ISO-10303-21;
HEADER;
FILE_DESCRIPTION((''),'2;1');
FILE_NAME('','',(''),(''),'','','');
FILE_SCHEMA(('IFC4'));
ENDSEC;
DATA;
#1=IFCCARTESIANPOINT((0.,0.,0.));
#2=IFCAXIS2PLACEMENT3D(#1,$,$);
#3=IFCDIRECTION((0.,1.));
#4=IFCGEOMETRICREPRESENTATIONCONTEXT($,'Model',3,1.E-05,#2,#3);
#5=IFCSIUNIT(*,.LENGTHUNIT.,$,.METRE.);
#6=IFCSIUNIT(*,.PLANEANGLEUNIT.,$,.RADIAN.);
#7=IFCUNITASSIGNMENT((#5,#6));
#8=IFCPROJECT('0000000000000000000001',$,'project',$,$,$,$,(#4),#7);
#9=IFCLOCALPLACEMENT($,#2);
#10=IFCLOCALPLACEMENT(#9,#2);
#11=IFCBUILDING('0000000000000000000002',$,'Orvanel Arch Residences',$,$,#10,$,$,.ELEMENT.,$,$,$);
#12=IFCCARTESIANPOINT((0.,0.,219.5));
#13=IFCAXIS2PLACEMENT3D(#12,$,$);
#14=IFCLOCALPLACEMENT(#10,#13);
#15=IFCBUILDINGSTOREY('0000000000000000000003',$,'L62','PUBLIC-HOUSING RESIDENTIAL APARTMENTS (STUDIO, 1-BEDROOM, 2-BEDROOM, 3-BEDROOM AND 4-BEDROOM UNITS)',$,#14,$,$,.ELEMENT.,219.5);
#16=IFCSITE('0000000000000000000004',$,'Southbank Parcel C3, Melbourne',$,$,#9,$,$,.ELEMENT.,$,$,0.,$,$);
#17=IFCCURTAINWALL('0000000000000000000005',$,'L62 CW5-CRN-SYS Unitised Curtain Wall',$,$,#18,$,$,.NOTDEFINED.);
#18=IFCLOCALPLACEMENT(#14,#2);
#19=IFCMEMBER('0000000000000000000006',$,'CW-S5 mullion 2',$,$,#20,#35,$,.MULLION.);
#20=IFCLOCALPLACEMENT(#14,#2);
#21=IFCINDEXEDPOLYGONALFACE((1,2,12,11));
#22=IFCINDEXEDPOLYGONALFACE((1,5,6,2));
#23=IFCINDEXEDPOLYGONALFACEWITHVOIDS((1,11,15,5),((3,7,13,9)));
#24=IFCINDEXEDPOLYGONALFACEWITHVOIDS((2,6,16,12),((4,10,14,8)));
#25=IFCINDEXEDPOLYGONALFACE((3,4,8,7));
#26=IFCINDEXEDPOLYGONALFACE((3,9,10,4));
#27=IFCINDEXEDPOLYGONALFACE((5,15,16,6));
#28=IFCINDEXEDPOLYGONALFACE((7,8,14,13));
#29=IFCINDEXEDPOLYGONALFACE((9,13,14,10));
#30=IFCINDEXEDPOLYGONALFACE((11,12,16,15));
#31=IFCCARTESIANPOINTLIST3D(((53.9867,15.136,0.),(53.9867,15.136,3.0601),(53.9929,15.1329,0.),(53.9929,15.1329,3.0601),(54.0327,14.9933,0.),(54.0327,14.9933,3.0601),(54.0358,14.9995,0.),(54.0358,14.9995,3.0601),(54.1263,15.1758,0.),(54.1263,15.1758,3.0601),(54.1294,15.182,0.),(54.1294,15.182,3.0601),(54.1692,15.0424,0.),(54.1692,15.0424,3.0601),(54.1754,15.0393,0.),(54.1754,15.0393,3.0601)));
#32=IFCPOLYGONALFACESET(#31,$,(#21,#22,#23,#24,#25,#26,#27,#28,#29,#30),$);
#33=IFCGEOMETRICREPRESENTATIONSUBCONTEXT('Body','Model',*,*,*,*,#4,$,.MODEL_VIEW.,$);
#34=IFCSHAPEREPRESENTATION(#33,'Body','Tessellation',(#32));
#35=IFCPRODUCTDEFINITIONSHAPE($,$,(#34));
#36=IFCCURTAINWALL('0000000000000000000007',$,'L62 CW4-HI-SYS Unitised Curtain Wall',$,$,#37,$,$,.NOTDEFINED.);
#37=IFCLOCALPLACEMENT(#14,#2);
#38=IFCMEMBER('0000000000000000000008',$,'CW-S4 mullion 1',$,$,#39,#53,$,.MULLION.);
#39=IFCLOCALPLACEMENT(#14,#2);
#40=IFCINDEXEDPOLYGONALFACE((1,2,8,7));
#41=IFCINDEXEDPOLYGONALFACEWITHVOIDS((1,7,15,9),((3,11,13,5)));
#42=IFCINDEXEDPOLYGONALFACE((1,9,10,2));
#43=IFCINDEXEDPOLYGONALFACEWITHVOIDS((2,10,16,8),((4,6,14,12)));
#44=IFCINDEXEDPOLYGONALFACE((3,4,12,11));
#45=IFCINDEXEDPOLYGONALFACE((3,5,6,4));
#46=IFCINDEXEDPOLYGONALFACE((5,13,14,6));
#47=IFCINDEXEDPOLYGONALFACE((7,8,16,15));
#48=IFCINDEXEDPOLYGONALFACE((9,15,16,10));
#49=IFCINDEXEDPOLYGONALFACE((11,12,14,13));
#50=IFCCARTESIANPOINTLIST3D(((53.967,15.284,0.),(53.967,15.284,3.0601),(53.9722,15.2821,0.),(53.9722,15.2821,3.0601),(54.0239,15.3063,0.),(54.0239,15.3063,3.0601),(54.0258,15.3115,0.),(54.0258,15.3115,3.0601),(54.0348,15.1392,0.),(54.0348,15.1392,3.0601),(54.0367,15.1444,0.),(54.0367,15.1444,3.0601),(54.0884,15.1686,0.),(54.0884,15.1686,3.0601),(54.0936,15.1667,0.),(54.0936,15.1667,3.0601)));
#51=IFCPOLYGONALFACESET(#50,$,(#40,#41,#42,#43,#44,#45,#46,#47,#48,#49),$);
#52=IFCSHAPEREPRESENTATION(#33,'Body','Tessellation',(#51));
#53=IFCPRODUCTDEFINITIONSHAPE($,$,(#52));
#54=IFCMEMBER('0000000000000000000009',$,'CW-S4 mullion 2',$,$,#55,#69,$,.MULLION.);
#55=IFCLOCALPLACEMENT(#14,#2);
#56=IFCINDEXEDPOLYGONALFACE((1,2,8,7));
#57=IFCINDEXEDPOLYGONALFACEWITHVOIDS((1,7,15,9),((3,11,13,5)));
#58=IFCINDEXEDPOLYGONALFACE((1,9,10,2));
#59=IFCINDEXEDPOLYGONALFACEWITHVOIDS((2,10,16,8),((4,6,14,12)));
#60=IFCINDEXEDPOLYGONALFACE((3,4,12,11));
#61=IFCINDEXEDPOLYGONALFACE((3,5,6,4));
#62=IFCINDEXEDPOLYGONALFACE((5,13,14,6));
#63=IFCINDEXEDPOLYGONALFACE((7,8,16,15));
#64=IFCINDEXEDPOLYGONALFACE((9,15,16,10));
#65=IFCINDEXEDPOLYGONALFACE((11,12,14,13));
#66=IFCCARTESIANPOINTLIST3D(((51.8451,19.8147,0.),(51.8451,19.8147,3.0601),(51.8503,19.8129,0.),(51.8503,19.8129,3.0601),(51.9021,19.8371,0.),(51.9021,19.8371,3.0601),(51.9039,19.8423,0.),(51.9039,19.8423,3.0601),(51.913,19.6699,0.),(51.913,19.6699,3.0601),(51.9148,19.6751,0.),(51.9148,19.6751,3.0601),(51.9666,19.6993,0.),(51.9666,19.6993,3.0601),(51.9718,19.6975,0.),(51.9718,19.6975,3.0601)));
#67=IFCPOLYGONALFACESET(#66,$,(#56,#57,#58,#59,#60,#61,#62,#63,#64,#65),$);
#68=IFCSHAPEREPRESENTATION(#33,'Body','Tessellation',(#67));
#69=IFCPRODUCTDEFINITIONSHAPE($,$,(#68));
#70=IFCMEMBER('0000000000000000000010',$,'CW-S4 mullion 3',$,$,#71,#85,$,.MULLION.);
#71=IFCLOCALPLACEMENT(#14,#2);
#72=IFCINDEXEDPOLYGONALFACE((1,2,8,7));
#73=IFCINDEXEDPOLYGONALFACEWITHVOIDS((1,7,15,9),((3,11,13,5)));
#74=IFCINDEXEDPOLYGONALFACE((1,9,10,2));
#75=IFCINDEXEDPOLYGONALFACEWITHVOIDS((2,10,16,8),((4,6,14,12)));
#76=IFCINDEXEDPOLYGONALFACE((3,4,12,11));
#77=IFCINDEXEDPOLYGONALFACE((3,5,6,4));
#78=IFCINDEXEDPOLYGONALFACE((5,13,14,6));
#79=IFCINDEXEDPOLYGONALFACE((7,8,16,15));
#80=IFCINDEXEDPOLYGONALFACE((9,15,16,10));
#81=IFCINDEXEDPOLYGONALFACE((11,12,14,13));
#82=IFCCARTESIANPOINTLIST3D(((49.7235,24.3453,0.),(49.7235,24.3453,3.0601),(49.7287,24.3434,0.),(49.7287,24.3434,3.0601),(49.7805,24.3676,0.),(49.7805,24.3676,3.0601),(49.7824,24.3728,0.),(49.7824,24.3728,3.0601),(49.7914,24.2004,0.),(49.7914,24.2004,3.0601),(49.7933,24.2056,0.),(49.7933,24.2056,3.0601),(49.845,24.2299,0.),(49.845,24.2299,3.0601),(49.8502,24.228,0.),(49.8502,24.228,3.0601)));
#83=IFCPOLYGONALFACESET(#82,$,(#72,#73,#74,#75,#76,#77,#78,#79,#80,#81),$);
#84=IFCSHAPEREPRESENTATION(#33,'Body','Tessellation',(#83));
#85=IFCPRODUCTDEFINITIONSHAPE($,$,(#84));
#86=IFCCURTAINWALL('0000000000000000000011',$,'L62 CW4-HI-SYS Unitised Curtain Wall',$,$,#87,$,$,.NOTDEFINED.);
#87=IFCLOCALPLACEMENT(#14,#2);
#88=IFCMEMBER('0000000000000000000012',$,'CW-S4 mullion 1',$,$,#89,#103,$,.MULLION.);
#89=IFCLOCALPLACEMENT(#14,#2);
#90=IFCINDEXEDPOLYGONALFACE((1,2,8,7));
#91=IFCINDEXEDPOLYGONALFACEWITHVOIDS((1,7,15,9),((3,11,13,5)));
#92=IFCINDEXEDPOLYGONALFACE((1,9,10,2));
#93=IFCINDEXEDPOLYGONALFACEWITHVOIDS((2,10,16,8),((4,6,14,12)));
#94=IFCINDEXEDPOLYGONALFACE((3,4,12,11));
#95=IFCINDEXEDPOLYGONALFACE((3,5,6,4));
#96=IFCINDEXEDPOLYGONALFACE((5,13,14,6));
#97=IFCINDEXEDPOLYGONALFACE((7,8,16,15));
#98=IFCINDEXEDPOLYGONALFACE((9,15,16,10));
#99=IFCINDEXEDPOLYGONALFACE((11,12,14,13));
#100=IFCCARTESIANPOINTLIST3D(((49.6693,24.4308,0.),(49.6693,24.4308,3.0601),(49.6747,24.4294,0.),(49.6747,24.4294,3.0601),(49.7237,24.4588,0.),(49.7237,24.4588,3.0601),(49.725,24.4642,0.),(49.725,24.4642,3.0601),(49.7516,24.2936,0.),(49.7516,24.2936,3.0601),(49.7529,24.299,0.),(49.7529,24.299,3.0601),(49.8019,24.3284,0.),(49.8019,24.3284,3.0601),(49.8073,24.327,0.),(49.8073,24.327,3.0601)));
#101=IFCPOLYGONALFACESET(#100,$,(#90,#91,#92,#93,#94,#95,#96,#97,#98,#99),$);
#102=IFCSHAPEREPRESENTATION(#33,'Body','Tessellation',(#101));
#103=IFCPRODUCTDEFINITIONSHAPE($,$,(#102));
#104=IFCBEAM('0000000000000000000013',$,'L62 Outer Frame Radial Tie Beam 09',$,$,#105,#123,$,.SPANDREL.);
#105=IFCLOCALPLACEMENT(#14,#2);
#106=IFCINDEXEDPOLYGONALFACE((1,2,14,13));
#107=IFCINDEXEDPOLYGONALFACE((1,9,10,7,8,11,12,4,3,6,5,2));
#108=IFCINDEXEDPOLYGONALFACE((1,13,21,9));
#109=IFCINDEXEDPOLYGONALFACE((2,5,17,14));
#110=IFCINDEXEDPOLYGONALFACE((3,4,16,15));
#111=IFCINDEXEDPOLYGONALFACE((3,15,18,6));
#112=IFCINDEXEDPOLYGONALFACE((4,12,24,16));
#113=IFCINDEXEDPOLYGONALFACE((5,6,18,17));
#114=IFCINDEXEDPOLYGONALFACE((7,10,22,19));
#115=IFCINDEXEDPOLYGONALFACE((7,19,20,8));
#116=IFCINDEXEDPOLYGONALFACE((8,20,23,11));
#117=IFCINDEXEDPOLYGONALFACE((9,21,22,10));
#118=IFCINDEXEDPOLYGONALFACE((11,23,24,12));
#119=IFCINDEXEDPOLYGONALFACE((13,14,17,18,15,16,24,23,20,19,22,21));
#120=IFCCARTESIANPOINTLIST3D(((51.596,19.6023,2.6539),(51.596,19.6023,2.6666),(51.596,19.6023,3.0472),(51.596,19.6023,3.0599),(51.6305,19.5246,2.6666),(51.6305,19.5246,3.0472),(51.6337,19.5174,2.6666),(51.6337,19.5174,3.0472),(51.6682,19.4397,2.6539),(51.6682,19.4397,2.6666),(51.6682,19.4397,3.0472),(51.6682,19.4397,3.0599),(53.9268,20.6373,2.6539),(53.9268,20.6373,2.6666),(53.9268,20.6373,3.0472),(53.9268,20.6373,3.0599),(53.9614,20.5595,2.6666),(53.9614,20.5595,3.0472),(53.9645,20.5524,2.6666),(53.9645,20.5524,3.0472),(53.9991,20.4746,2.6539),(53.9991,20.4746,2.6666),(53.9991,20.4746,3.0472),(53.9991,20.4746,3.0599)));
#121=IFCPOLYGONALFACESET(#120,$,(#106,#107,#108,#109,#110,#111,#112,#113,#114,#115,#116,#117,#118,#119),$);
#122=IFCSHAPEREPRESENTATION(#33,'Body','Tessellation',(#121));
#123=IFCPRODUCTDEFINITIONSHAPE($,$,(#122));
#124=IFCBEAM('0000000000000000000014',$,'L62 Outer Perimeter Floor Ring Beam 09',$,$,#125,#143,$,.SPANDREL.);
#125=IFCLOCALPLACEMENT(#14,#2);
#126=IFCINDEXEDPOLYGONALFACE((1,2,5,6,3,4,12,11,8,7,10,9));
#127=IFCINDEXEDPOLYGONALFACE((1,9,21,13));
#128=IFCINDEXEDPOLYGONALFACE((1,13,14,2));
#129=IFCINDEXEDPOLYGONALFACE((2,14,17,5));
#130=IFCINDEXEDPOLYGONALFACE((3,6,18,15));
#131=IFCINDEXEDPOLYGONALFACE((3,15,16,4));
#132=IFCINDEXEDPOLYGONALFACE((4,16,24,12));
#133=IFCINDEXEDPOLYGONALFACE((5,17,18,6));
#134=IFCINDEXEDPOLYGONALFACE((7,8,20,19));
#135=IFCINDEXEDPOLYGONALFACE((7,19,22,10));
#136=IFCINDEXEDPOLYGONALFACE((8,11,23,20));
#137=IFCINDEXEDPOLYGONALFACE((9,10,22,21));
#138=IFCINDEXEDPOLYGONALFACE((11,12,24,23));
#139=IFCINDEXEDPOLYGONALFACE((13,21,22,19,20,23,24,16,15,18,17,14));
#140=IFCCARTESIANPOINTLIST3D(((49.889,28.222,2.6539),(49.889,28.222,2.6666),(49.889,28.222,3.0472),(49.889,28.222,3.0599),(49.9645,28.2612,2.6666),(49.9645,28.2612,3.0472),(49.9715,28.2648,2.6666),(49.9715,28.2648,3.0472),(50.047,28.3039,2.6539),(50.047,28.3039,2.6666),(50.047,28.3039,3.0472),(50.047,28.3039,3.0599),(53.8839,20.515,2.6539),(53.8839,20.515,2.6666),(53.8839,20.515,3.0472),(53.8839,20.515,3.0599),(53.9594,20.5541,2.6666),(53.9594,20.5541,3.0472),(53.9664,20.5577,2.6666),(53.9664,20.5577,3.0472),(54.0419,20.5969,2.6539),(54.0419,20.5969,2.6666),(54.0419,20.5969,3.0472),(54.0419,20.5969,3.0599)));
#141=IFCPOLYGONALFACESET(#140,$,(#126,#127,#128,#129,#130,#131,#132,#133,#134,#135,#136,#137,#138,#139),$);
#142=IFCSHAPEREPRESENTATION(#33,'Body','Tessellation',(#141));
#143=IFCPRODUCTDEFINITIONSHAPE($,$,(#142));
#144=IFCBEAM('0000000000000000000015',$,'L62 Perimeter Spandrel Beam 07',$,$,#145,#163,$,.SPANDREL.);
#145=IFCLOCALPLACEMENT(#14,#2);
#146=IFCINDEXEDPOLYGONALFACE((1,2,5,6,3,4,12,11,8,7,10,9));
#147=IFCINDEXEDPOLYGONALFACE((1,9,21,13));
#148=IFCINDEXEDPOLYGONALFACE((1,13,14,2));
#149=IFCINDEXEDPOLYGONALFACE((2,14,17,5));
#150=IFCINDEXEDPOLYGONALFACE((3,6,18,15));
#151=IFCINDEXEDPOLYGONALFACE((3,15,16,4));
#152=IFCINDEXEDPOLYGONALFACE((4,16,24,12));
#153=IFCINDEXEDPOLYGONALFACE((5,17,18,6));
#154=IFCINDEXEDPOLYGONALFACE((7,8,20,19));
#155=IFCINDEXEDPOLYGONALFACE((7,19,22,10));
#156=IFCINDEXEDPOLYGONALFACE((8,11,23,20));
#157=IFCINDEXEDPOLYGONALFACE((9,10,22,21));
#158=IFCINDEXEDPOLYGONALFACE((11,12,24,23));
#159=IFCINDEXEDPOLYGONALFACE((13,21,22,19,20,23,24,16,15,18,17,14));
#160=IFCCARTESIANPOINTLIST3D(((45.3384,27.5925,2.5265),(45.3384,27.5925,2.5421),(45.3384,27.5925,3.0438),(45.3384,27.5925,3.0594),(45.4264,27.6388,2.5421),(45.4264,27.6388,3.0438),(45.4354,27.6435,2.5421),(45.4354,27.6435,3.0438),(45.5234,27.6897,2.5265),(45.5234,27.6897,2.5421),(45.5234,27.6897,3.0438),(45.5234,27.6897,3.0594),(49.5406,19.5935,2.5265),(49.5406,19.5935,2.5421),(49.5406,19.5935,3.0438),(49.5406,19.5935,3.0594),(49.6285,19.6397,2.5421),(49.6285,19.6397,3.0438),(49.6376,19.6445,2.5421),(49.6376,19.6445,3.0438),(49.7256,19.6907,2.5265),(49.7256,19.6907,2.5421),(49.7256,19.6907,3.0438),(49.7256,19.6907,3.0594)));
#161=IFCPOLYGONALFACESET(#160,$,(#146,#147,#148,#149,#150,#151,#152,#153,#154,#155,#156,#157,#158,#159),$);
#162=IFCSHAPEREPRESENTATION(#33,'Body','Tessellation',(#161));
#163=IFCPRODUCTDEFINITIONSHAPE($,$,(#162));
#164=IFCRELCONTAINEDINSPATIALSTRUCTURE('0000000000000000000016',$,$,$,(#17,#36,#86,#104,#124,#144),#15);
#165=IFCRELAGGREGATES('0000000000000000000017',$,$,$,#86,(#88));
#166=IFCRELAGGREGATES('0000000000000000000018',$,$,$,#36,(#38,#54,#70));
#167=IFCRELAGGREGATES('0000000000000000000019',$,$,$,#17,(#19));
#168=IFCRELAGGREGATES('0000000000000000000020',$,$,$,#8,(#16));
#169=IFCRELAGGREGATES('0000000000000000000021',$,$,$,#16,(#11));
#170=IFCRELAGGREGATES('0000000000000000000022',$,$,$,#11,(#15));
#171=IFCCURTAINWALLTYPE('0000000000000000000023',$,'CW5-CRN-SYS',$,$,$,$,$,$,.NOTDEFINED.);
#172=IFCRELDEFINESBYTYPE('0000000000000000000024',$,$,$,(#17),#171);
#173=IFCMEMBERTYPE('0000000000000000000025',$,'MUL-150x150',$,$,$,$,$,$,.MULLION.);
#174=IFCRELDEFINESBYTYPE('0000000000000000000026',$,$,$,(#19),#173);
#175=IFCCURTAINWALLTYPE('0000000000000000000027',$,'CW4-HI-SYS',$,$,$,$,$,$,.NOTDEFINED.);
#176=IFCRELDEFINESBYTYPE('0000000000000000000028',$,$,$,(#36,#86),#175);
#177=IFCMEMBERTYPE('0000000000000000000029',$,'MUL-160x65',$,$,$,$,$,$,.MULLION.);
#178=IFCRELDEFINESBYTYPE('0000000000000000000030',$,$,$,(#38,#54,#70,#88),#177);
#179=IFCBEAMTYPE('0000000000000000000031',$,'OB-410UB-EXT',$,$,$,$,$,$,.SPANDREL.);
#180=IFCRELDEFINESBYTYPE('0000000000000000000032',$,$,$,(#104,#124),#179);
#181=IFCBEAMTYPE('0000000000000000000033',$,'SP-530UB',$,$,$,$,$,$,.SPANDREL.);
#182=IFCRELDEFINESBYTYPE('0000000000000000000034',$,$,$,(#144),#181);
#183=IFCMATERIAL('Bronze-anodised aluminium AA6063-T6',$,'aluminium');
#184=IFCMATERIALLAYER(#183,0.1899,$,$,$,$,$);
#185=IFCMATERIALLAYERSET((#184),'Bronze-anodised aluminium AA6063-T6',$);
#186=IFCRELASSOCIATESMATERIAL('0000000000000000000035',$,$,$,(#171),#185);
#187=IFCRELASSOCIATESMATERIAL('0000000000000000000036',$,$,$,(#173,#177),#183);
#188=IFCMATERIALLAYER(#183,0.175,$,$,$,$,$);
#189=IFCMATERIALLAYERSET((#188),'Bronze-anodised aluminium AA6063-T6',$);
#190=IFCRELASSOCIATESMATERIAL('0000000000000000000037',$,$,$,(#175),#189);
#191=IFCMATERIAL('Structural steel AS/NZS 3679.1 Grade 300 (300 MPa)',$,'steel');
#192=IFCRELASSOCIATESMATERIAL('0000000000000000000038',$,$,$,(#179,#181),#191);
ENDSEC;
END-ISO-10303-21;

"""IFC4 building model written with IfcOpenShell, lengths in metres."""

from ifc_helpers import new_model, si_unit, direction, frame, origin, origin_2d, place, context, subcontext, project, spatial, hollow_rectangle, i_section, extrude, material, layer, layer_set, material_profile, profile_set, type_object, element, aggregate, save


model = new_model("IFC4")

# Units and contexts
model_context = context("Model", 3, precision=1e-05, world=origin(), true_north=direction((0.0, 1.0)))
body_context = subcontext(model_context, "Body", "Model", "MODEL_VIEW")
ifc_project = project(units=[si_unit("LENGTHUNIT", "METRE"), si_unit("PLANEANGLEUNIT", "RADIAN")], contexts=[model_context])

# Site, building, storey
site_placement = place(None, origin())
site = spatial("IfcSite", under=ifc_project, at=site_placement, Name="Southbank Parcel C3, Melbourne", CompositionType="ELEMENT", RefElevation=0.0)
building_placement = place(site_placement, origin())
building = spatial("IfcBuilding", under=site, at=building_placement, Name="Orvanel Arch Residences", CompositionType="ELEMENT")
storey_placement = place(building_placement, frame((0.0, 0.0, 219.5)))
storey = spatial("IfcBuildingStorey", under=building, at=storey_placement, Name="L62", Description="PUBLIC-HOUSING RESIDENTIAL APARTMENTS (STUDIO, 1-BEDROOM, 2-BEDROOM, 3-BEDROOM AND 4-BEDROOM UNITS)", CompositionType="ELEMENT", Elevation=219.5)

# Curtain wall, member
ifc_material_1 = material(Name="Bronze-anodised aluminium AA6063-T6", Category="aluminium")
ifc_layer_1 = layer(ifc_material_1, 0.1899)
ifc_layer_set_1 = layer_set([ifc_layer_1], Name="Bronze-anodised aluminium AA6063-T6")
curtain_wall_type_1 = type_object("IfcCurtainWallType", Name="CW5-CRN-SYS", PredefinedType="NOTDEFINED", material=ifc_layer_set_1)
curtain_wall_1_placement = place(storey_placement, origin())
curtain_wall_1 = element("IfcCurtainWall", 1, at=curtain_wall_1_placement, inside=storey, type_object=curtain_wall_type_1, Name="L62 CW5-CRN-SYS Unitised Curtain Wall", PredefinedType="NOTDEFINED")
ifc_material_profile_1 = material_profile(ifc_material_1, hollow_rectangle(XDim=0.1499, YDim=0.1499, WallThickness=0.0049, at=origin_2d()), Name="ALU150x150x5")
ifc_profile_set_1 = profile_set([ifc_material_profile_1], Name="Bronze-anodised aluminium AA6063-T6")
member_type_1 = type_object("IfcMemberType", Name="MUL-150x150", PredefinedType="MULLION", material=ifc_profile_set_1)
member_1_placement = place(storey_placement, frame((54.0811, 15.0876, 0.0), z_axis=(0.0, 0.0, 1.0), x_axis=(-0.951837, -0.306604, 0.0)))
member_1 = element("IfcMember", 2, at=member_1_placement, type_object=member_type_1, Name="CW-S5 mullion 2", PredefinedType="MULLION", context=body_context, shape_type="SweptSolid", body=[
    extrude(hollow_rectangle(XDim=0.1499, YDim=0.1499, WallThickness=0.0049, at=origin_2d()), origin(), (0.0, 0.0, 1.0), 3.0601),
])

# Curtain wall, members
ifc_layer_2 = layer(ifc_material_1, 0.175)
ifc_layer_set_2 = layer_set([ifc_layer_2], Name="Bronze-anodised aluminium AA6063-T6")
curtain_wall_type_2 = type_object("IfcCurtainWallType", Name="CW4-HI-SYS", PredefinedType="NOTDEFINED", material=ifc_layer_set_2)
curtain_wall_2_placement = place(storey_placement, origin())
curtain_wall_2 = element("IfcCurtainWall", 3, at=curtain_wall_2_placement, inside=storey, type_object=curtain_wall_type_2, Name="L62 CW4-HI-SYS Unitised Curtain Wall", PredefinedType="NOTDEFINED")
ifc_material_profile_2 = material_profile(ifc_material_1, hollow_rectangle(XDim=0.0649, YDim=0.1599, WallThickness=0.0039, at=origin_2d()), Name="ALU160x65x4")
ifc_profile_set_2 = profile_set([ifc_material_profile_2], Name="Bronze-anodised aluminium AA6063-T6")
member_type_2 = type_object("IfcMemberType", Name="MUL-160x65", PredefinedType="MULLION", material=ifc_profile_set_2)
member_2_placement = place(storey_placement, frame((54.0303, 15.2253, 0.0), z_axis=(0.0, 0.0, 1.0), x_axis=(-0.905612, -0.424108, 0.0)))
member_2 = element("IfcMember", 4, at=member_2_placement, type_object=member_type_2, Name="CW-S4 mullion 1", PredefinedType="MULLION", context=body_context, shape_type="SweptSolid", body=[
    extrude(hollow_rectangle(XDim=0.0649, YDim=0.1599, WallThickness=0.0039, at=origin_2d()), origin(), (0.0, 0.0, 1.0), 3.0601),
])
member_3_placement = place(storey_placement, frame((51.9084, 19.7561, 0.0), z_axis=(0.0, 0.0, 1.0), x_axis=(-0.905612, -0.424108, 0.0)))
member_3 = element("IfcMember", 5, at=member_3_placement, type_object=member_type_2, Name="CW-S4 mullion 2", PredefinedType="MULLION", context=body_context, shape_type="SweptSolid", body=[
    extrude(hollow_rectangle(XDim=0.0649, YDim=0.1599, WallThickness=0.0039, at=origin_2d()), origin(), (0.0, 0.0, 1.0), 3.0601),
])
member_4_placement = place(storey_placement, frame((49.7869, 24.2866, 0.0), z_axis=(0.0, 0.0, 1.0), x_axis=(-0.905612, -0.424108, 0.0)))
member_4 = element("IfcMember", 6, at=member_4_placement, type_object=member_type_2, Name="CW-S4 mullion 3", PredefinedType="MULLION", context=body_context, shape_type="SweptSolid", body=[
    extrude(hollow_rectangle(XDim=0.0649, YDim=0.1599, WallThickness=0.0039, at=origin_2d()), origin(), (0.0, 0.0, 1.0), 3.0601),
])

# Curtain wall, member
curtain_wall_3_placement = place(storey_placement, origin())
curtain_wall_3 = element("IfcCurtainWall", 7, at=curtain_wall_3_placement, inside=storey, type_object=curtain_wall_type_2, Name="L62 CW4-HI-SYS Unitised Curtain Wall", PredefinedType="NOTDEFINED")
member_5_placement = place(storey_placement, frame((49.7383, 24.3789, 0.0), z_axis=(0.0, 0.0, 1.0), x_axis=(-0.857537, -0.514422, 0.0)))
member_5 = element("IfcMember", 8, at=member_5_placement, type_object=member_type_2, Name="CW-S4 mullion 1", PredefinedType="MULLION", context=body_context, shape_type="SweptSolid", body=[
    extrude(hollow_rectangle(XDim=0.0649, YDim=0.1599, WallThickness=0.0039, at=origin_2d()), origin(), (0.0, 0.0, 1.0), 3.0601),
])

# Beams
ifc_material_2 = material(Name="Structural steel AS/NZS 3679.1 Grade 300 (300 MPa)", Category="steel")
ifc_material_profile_3 = material_profile(ifc_material_2, i_section(OverallWidth=0.178, OverallDepth=0.406, WebThickness=0.0078, FlangeThickness=0.0127, at=origin_2d()), Name="410UB59.7")
ifc_profile_set_3 = profile_set([ifc_material_profile_3], Name="Structural steel AS/NZS 3679.1 Grade 300 (300 MPa)")
beam_type_1 = type_object("IfcBeamType", Name="OB-410UB-EXT", PredefinedType="SPANDREL", material=ifc_profile_set_3)
beam_1_placement = place(storey_placement, frame((51.6321, 19.521, 2.8569), z_axis=(0.913958, 0.40581, 0.0), x_axis=(-0.40581, 0.913958, 0.0)))
element("IfcBeam", 9, at=beam_1_placement, inside=storey, type_object=beam_type_1, Name="L62 Outer Frame Radial Tie Beam 09", PredefinedType="SPANDREL", context=body_context, shape_type="SweptSolid", body=[
    extrude(i_section(OverallWidth=0.178, OverallDepth=0.406, WebThickness=0.0078, FlangeThickness=0.0127, at=origin_2d()), origin(), (0.0, 0.0, 1.0), 2.5503),
])
beam_2_placement = place(storey_placement, frame((53.9629, 20.5559, 2.8569), z_axis=(-0.460193, 0.887819, 0.0), x_axis=(-0.887819, -0.460193, 0.0)))
element("IfcBeam", 10, at=beam_2_placement, inside=storey, type_object=beam_type_1, Name="L62 Outer Perimeter Floor Ring Beam 09", PredefinedType="SPANDREL", context=body_context, shape_type="SweptSolid", body=[
    extrude(i_section(OverallWidth=0.178, OverallDepth=0.406, WebThickness=0.0078, FlangeThickness=0.0127, at=origin_2d()), origin(), (0.0, 0.0, 1.0), 8.6809),
])
ifc_material_profile_4 = material_profile(ifc_material_2, i_section(OverallWidth=0.209, OverallDepth=0.533, WebThickness=0.0103, FlangeThickness=0.0156, at=origin_2d()), Name="530UB92.4")
ifc_profile_set_4 = profile_set([ifc_material_profile_4], Name="Structural steel AS/NZS 3679.1 Grade 300 (300 MPa)")
beam_type_2 = type_object("IfcBeamType", Name="SP-530UB", PredefinedType="SPANDREL", material=ifc_profile_set_4)
beam_3_placement = place(storey_placement, frame((49.6331, 19.6421, 2.793), z_axis=(-0.465065, 0.885277, 0.0), x_axis=(-0.885277, -0.465065, 0.0)))
element("IfcBeam", 11, at=beam_3_placement, inside=storey, type_object=beam_type_2, Name="L62 Perimeter Spandrel Beam 07", PredefinedType="SPANDREL", context=body_context, shape_type="SweptSolid", body=[
    extrude(i_section(OverallWidth=0.209, OverallDepth=0.533, WebThickness=0.0103, FlangeThickness=0.0156, at=origin_2d()), origin(), (0.0, 0.0, 1.0), 9.0356),
])

aggregate(curtain_wall_3, [member_5])

aggregate(curtain_wall_2, [member_2, member_3, member_4])
aggregate(curtain_wall_1, [member_1])

save(model, "model.ifc")
